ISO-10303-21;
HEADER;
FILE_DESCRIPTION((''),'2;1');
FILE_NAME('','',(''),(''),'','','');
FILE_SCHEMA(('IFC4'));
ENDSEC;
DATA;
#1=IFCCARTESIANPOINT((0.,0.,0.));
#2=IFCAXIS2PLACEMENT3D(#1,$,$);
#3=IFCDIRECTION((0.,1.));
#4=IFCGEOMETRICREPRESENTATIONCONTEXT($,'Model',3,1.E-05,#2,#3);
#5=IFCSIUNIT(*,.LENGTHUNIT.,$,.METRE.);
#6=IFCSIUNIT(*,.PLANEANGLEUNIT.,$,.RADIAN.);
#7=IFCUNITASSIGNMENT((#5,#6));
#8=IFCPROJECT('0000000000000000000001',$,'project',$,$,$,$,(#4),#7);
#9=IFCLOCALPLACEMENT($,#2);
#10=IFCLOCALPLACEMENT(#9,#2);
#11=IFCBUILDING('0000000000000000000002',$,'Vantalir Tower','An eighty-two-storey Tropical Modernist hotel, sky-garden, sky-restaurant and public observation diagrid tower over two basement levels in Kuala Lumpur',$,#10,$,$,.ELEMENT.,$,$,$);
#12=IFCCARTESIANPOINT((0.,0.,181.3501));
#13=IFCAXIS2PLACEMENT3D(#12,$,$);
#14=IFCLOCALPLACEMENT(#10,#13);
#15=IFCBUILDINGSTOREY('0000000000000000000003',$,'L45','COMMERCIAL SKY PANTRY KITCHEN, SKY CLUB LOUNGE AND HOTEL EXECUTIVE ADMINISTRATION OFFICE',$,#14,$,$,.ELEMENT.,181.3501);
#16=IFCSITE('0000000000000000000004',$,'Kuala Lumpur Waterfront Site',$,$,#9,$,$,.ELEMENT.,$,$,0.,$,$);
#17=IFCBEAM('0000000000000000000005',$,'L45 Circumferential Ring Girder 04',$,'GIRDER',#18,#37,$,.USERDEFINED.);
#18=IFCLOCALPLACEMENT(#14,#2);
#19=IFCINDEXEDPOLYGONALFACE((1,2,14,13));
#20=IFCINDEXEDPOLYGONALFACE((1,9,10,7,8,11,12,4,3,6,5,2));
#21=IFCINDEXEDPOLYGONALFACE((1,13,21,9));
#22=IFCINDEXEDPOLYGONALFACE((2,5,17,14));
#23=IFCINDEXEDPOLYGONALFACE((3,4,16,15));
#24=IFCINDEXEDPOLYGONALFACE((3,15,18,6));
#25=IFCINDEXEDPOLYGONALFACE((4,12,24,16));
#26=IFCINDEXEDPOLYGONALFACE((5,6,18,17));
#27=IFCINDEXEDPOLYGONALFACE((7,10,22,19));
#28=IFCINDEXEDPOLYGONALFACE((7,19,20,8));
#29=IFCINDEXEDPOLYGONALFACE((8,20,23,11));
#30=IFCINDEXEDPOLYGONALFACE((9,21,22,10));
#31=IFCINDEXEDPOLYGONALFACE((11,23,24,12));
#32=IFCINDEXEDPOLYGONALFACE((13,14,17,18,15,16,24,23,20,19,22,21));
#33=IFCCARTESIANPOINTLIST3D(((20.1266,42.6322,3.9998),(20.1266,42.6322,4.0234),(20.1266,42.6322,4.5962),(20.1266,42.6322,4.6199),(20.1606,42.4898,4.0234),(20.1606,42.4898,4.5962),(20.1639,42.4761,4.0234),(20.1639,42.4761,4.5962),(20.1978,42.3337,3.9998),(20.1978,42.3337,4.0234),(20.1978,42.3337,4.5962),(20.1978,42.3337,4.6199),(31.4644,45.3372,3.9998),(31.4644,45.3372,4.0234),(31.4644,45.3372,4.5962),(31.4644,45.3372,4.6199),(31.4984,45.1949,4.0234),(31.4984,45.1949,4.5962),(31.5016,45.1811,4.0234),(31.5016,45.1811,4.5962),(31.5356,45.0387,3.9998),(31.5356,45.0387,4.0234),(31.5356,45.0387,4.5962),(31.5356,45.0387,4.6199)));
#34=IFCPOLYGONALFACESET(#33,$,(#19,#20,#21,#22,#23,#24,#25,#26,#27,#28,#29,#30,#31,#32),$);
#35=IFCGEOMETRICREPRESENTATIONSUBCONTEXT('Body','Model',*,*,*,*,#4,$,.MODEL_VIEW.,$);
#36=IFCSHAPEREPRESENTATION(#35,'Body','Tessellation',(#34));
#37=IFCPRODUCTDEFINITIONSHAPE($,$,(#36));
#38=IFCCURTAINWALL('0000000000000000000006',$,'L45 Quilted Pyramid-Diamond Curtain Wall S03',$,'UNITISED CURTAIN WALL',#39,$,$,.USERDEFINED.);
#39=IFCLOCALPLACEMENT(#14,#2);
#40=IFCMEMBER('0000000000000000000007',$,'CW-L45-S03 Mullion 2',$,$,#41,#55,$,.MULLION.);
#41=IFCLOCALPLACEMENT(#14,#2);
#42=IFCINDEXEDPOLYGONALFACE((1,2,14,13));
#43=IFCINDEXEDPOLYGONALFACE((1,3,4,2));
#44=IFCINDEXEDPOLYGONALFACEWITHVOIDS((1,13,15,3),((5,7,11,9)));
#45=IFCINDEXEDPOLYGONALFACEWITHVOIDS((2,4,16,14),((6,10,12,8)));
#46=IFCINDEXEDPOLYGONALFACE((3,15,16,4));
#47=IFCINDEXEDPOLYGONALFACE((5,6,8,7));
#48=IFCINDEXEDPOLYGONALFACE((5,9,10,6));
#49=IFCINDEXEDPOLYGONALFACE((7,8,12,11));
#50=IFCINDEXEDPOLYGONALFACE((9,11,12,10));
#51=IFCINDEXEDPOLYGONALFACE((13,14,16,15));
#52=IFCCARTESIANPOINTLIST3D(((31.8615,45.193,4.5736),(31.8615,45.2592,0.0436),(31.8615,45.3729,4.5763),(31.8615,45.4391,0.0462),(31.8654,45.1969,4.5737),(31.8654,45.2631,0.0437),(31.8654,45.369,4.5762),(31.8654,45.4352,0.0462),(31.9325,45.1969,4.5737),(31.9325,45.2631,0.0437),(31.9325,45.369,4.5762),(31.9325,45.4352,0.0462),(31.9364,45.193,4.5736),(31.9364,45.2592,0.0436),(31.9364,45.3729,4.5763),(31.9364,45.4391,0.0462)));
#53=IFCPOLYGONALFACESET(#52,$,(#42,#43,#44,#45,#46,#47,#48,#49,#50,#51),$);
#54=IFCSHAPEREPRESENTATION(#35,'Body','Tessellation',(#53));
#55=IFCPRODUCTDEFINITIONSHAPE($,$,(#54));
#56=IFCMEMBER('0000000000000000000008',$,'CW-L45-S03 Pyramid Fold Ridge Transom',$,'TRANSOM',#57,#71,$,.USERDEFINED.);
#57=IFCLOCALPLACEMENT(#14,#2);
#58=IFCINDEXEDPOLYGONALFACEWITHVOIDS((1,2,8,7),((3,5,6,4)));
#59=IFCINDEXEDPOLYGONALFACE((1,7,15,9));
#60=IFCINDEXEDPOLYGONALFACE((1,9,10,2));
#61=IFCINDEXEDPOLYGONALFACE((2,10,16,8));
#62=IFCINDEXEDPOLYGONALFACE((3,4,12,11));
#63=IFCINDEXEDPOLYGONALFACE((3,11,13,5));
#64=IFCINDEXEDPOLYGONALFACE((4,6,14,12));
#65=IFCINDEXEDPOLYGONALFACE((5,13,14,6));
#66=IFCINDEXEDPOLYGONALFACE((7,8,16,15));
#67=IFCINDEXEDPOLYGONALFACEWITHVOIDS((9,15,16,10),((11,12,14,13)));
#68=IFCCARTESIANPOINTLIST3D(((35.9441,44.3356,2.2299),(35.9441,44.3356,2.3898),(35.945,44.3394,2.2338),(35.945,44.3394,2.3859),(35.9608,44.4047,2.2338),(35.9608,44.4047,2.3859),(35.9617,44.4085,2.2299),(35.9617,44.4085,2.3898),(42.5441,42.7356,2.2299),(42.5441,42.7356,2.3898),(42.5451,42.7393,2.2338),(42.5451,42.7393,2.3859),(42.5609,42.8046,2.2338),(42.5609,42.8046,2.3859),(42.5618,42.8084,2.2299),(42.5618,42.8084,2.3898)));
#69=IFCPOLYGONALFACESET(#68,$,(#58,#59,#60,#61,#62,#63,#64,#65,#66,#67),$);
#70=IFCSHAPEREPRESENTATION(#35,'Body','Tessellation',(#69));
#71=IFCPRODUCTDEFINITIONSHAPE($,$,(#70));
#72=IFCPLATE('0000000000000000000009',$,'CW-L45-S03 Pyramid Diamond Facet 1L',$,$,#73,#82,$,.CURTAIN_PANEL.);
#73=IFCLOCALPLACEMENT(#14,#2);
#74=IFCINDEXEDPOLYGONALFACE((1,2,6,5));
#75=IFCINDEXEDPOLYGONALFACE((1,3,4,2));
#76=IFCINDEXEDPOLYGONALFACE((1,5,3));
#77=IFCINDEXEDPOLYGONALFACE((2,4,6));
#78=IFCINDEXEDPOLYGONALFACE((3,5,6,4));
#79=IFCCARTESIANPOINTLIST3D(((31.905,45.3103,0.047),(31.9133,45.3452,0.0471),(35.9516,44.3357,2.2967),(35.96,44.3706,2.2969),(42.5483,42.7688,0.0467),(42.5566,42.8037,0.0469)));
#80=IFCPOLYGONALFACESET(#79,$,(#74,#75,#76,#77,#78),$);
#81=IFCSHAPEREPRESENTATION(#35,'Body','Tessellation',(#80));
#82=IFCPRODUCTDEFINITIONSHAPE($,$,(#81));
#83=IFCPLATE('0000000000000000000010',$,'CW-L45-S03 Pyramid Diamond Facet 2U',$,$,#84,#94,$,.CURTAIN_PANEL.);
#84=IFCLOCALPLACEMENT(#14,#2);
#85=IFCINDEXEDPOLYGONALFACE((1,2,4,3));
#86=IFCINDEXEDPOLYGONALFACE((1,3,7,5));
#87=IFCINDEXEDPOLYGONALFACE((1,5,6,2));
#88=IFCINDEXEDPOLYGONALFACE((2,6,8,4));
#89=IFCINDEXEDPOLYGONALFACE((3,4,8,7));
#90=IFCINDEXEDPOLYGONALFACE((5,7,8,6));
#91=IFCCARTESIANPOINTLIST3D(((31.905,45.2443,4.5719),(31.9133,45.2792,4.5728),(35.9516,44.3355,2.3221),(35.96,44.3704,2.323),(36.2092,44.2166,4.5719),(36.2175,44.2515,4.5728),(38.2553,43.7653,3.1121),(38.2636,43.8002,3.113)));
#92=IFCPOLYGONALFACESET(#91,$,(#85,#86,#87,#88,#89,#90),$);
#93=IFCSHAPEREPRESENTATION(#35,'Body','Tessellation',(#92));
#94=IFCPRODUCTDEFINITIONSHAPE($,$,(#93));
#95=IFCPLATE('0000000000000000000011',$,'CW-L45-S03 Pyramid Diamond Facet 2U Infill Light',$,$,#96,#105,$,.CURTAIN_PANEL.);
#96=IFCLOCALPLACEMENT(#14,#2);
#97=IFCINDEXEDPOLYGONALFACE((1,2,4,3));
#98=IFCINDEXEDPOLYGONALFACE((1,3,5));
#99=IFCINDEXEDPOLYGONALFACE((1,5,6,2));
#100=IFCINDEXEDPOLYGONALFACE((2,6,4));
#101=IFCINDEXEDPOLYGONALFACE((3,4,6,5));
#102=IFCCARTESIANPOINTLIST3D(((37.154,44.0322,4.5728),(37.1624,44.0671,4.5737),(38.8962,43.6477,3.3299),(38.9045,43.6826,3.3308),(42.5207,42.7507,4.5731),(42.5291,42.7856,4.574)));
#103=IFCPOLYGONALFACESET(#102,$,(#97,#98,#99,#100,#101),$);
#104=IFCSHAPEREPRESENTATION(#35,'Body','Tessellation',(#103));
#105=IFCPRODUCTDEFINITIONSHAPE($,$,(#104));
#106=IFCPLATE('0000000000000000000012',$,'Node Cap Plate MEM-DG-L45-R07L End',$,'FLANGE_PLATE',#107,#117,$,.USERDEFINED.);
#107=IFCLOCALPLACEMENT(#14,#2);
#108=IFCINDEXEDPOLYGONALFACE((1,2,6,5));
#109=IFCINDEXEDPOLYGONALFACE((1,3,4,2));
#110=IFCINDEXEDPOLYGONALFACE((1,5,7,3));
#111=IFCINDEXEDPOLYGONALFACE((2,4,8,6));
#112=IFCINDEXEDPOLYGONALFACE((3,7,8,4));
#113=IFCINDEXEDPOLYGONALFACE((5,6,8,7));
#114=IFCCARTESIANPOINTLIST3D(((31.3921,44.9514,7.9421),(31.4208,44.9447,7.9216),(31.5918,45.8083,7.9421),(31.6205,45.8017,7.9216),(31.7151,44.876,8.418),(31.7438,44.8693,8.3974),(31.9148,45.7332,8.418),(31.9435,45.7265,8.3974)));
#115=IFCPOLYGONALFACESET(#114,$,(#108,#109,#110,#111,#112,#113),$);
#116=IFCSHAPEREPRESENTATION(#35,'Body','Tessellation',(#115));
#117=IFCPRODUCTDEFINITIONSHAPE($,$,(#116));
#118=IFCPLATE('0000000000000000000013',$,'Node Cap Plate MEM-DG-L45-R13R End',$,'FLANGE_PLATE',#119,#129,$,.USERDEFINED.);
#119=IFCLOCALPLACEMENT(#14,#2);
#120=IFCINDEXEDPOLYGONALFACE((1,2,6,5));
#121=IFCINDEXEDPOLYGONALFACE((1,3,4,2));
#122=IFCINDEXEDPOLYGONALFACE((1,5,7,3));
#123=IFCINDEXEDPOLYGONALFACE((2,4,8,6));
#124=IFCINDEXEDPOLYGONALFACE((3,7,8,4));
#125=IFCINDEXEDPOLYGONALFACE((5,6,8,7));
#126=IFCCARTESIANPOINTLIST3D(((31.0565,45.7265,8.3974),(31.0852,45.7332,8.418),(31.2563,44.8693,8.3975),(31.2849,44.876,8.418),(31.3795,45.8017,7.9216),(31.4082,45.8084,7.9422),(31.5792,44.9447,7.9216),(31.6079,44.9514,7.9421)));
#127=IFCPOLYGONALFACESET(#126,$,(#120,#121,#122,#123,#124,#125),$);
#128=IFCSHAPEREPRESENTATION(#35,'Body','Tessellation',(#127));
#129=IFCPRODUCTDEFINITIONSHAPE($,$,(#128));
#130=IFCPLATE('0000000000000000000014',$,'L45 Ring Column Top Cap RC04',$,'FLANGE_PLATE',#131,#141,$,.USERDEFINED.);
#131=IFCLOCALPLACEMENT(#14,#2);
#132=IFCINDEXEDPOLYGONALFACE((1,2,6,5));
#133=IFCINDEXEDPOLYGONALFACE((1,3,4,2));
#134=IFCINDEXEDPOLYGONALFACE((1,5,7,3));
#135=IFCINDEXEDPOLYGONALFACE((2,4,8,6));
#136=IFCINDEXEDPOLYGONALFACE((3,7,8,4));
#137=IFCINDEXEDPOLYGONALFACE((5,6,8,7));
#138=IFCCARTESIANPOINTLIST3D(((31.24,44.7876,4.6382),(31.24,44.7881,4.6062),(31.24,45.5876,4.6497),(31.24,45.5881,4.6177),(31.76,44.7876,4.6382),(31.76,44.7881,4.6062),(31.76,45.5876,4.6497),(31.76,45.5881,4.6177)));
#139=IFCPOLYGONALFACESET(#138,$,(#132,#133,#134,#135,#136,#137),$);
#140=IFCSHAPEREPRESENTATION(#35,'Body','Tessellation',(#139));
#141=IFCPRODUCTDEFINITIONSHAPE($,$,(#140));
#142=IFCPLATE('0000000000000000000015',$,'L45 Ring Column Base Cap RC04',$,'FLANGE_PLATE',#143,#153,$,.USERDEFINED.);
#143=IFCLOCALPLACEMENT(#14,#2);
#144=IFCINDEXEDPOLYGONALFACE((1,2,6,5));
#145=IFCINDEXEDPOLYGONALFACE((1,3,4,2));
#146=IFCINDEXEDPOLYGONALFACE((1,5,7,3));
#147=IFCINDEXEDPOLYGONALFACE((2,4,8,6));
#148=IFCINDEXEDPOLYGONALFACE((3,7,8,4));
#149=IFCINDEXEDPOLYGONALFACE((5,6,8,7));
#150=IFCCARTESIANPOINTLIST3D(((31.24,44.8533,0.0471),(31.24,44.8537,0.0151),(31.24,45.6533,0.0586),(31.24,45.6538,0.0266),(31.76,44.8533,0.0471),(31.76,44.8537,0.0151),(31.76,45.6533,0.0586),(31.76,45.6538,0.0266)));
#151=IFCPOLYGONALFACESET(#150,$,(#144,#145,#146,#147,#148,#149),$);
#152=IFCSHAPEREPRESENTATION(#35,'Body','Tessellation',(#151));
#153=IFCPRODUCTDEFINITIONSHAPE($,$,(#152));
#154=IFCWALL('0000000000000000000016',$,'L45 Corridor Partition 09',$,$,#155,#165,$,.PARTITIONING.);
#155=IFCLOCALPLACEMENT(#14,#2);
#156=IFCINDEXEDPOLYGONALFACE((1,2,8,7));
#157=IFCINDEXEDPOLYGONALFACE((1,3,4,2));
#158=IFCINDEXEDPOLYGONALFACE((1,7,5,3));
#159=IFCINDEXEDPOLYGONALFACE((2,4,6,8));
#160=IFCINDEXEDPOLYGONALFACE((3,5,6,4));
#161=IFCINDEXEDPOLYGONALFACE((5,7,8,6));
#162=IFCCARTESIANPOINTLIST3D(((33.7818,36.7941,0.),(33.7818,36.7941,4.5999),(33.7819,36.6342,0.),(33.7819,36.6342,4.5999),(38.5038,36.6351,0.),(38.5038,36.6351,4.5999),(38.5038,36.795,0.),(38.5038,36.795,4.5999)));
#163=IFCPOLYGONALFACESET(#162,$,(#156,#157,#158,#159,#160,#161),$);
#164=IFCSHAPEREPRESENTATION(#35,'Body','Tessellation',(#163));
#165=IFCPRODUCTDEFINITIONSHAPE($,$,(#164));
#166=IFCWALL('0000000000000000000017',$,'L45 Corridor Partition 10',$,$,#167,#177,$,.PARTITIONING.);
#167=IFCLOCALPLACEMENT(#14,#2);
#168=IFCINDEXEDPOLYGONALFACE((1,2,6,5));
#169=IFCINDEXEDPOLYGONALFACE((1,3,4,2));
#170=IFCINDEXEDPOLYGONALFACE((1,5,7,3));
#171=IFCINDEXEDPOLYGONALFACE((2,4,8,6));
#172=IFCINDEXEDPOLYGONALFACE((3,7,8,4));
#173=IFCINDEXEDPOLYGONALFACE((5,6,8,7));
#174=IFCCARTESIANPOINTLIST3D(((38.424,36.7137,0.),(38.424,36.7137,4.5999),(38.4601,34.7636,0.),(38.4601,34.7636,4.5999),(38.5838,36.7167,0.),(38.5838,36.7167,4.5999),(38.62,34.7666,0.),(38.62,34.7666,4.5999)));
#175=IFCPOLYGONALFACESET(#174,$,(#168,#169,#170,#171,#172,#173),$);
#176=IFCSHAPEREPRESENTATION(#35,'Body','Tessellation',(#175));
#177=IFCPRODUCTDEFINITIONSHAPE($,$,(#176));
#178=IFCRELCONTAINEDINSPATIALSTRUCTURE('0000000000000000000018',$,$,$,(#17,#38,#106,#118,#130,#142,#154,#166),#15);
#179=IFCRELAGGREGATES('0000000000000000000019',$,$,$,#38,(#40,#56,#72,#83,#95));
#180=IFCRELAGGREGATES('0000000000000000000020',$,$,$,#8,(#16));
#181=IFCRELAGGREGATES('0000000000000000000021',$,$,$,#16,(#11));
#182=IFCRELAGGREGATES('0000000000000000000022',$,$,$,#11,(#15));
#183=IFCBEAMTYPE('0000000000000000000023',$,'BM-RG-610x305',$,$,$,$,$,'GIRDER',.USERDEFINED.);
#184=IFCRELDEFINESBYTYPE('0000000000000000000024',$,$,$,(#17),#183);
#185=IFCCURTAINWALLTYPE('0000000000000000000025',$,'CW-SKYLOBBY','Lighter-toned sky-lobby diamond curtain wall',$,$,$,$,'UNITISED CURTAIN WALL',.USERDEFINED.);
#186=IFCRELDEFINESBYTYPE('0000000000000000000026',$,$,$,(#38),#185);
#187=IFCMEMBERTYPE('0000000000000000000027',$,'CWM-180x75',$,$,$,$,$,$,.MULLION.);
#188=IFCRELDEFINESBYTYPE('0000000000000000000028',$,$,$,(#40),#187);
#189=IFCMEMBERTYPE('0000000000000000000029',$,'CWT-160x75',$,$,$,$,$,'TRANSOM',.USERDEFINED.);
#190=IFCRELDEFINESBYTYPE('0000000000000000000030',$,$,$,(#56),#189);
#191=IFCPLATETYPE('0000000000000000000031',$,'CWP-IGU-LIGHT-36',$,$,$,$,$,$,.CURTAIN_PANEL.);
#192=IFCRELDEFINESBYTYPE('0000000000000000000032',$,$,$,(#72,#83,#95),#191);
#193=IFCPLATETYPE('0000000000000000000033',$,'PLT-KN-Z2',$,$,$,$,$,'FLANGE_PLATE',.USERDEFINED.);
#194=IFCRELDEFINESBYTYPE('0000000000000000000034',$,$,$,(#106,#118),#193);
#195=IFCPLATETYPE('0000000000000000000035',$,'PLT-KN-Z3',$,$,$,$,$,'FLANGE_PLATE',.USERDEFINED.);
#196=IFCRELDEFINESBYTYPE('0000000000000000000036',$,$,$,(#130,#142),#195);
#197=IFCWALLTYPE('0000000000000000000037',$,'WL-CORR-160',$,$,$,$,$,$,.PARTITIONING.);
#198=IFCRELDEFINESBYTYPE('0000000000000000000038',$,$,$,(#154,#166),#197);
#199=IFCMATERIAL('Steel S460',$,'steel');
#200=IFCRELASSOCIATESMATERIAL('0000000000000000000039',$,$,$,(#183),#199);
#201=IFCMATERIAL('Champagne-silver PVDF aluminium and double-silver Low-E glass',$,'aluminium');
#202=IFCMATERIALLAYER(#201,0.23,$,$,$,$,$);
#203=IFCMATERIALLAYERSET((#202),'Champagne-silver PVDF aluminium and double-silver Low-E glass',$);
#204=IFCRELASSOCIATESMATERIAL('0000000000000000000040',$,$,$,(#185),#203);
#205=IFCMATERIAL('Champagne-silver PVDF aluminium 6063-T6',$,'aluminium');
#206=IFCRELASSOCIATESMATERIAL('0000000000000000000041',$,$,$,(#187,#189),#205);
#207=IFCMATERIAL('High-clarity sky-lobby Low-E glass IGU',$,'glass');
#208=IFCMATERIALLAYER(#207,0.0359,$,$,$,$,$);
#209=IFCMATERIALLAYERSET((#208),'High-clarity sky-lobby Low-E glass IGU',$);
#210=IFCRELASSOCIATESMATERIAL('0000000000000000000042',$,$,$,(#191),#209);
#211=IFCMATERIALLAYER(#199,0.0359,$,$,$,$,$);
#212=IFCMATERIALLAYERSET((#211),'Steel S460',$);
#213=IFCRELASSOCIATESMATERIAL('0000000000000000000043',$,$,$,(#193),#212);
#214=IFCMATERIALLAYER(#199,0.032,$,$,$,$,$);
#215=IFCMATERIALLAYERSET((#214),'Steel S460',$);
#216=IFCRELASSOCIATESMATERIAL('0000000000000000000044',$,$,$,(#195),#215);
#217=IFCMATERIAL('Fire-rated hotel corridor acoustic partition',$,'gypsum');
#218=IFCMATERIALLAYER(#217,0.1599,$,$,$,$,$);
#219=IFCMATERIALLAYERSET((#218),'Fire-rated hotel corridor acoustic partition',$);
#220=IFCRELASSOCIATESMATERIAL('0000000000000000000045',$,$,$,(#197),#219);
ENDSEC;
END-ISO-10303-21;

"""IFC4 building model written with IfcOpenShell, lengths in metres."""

from ifc_helpers import new_model, si_unit, direction, frame, frame_2d, origin, origin_2d, place, context, subcontext, project, spatial, polyline, rectangle, hollow_rectangle, i_section, outline, extrude, material, layer, layer_set, material_profile, profile_set, type_object, element, aggregate, save


model = new_model("IFC4")

# Units and contexts
model_context = context("Model", 3, precision=1e-05, world=origin(), true_north=direction((0.0, 1.0)))
body_context = subcontext(model_context, "Body", "Model", "MODEL_VIEW")
ifc_project = project(units=[si_unit("LENGTHUNIT", "METRE"), si_unit("PLANEANGLEUNIT", "RADIAN")], contexts=[model_context])

# Site, building, storey
site_placement = place(None, origin())
site = spatial("IfcSite", under=ifc_project, at=site_placement, Name="Kuala Lumpur Waterfront Site", CompositionType="ELEMENT", RefElevation=0.0)
building_placement = place(site_placement, origin())
building = spatial("IfcBuilding", under=site, at=building_placement, Name="Vantalir Tower", Description="An eighty-two-storey Tropical Modernist hotel, sky-garden, sky-restaurant and public observation diagrid tower over two basement levels in Kuala Lumpur", CompositionType="ELEMENT")
storey_placement = place(building_placement, frame((0.0, 0.0, 181.3501)))
storey = spatial("IfcBuildingStorey", under=building, at=storey_placement, Name="L45", Description="COMMERCIAL SKY PANTRY KITCHEN, SKY CLUB LOUNGE AND HOTEL EXECUTIVE ADMINISTRATION OFFICE", CompositionType="ELEMENT", Elevation=181.3501)

# Shared definitions
ifc_material_1 = material(Name="Steel S460", Category="steel")

# Beam
ifc_material_profile_1 = material_profile(ifc_material_1, i_section(OverallWidth=0.3069, OverallDepth=0.6201, WebThickness=0.0142, FlangeThickness=0.0237, at=origin_2d()), Name="Steel S460")
ifc_profile_set_1 = profile_set([ifc_material_profile_1], Name="Steel S460")
beam_type_1 = type_object("IfcBeamType", Name="BM-RG-610x305", ElementType="GIRDER", PredefinedType="USERDEFINED", material=ifc_profile_set_1)
beam_1_placement = place(storey_placement, frame((31.5, 45.188, 4.3098), z_axis=(-0.972698, -0.232074, 0.0), x_axis=(0.232074, -0.972698, 0.0)))
element("IfcBeam", 1, at=beam_1_placement, inside=storey, type_object=beam_type_1, Name="L45 Circumferential Ring Girder 04", ObjectType="GIRDER", PredefinedType="USERDEFINED", context=body_context, shape_type="SweptSolid", body=[
    extrude(i_section(OverallWidth=0.3069, OverallDepth=0.6201, WebThickness=0.0142, FlangeThickness=0.0237, at=origin_2d()), origin(), (0.0, 0.0, 1.0), 11.656),
])

# Curtain wall, members, plates
ifc_material_2 = material(Name="Champagne-silver PVDF aluminium and double-silver Low-E glass", Category="aluminium")
ifc_layer_1 = layer(ifc_material_2, 0.23)
ifc_layer_set_1 = layer_set([ifc_layer_1], Name="Champagne-silver PVDF aluminium and double-silver Low-E glass")
curtain_wall_type = type_object("IfcCurtainWallType", Name="CW-SKYLOBBY", Description="Lighter-toned sky-lobby diamond curtain wall", ElementType="UNITISED CURTAIN WALL", PredefinedType="USERDEFINED", material=ifc_layer_set_1)
curtain_wall_placement = place(storey_placement, origin())
curtain_wall = element("IfcCurtainWall", 2, at=curtain_wall_placement, inside=storey, type_object=curtain_wall_type, Name="L45 Quilted Pyramid-Diamond Curtain Wall S03", ObjectType="UNITISED CURTAIN WALL", PredefinedType="USERDEFINED")
ifc_material_3 = material(Name="Champagne-silver PVDF aluminium 6063-T6", Category="aluminium")
ifc_material_profile_2 = material_profile(ifc_material_3, hollow_rectangle(XDim=0.075, YDim=0.1799, WallThickness=0.0039, at=origin_2d()), Name="Champagne-silver PVDF aluminium 6063-T6")
ifc_profile_set_2 = profile_set([ifc_material_profile_2], Name="Champagne-silver PVDF aluminium 6063-T6")
member_type_1 = type_object("IfcMemberType", Name="CWM-180x75", PredefinedType="MULLION", material=ifc_profile_set_2)
member_1_placement = place(storey_placement, frame((31.8989, 45.3491, 0.0449), z_axis=(0.0, -0.014604, 0.999893), x_axis=(1.0, 0.0, 0.0)))
member_1 = element("IfcMember", 3, at=member_1_placement, type_object=member_type_1, Name="CW-L45-S03 Mullion 2", PredefinedType="MULLION", context=body_context, shape_type="SweptSolid", body=[
    extrude(hollow_rectangle(XDim=0.075, YDim=0.1799, WallThickness=0.0039, at=origin_2d()), origin(), (0.0, 0.0, 1.0), 4.5305),
])
ifc_material_profile_3 = material_profile(ifc_material_3, hollow_rectangle(XDim=0.075, YDim=0.1599, WallThickness=0.0039, at=origin_2d()), Name="Champagne-silver PVDF aluminium 6063-T6")
ifc_profile_set_3 = profile_set([ifc_material_profile_3], Name="Champagne-silver PVDF aluminium 6063-T6")
member_type_2 = type_object("IfcMemberType", Name="CWT-160x75", ElementType="TRANSOM", PredefinedType="USERDEFINED", material=ifc_profile_set_3)
member_2_placement = place(storey_placement, frame((42.553, 42.772, 2.3098), z_axis=(-0.971848, 0.23561, 0.0), x_axis=(-0.23561, -0.971848, 0.0)))
member_2 = element("IfcMember", 4, at=member_2_placement, type_object=member_type_2, Name="CW-L45-S03 Pyramid Fold Ridge Transom", ObjectType="TRANSOM", PredefinedType="USERDEFINED", context=body_context, shape_type="SweptSolid", body=[
    extrude(hollow_rectangle(XDim=0.075, YDim=0.1599, WallThickness=0.0039, at=origin_2d()), origin(), (0.0, 0.0, 1.0), 6.7913),
])
ifc_material_4 = material(Name="High-clarity sky-lobby Low-E glass IGU", Category="glass")
ifc_layer_2 = layer(ifc_material_4, 0.0359)
ifc_layer_set_2 = layer_set([ifc_layer_2], Name="High-clarity sky-lobby Low-E glass IGU")
plate_type_1 = type_object("IfcPlateType", Name="CWP-IGU-LIGHT-36", PredefinedType="CURTAIN_PANEL", material=ifc_layer_set_2)
plate_1_placement = place(storey_placement, frame((42.5566, 42.8037, 0.0469), z_axis=(0.232258, 0.972648, 0.003596), x_axis=(-0.972654, 0.232259, 0.000022)))
plate_1 = element("IfcPlate", 5, at=plate_1_placement, type_object=plate_type_1, Name="CW-L45-S03 Pyramid Diamond Facet 1L", PredefinedType="CURTAIN_PANEL", context=body_context, shape_type="SweptSolid", body=[
    extrude(outline(polyline([(0.0, 0.0), (10.9425, 0.0), (6.7803, 2.2499), (0.0, 0.0)])), origin(), (0.0, 0.0, -1.0), 0.0359),
])
plate_2_placement = place(storey_placement, frame((36.2175, 44.2515, 4.5728), z_axis=(0.232166, 0.97236, 0.024808), x_axis=(-0.972659, 0.232238, -0.000001)))
plate_2 = element("IfcPlate", 6, at=plate_2_placement, type_object=plate_type_1, Name="CW-L45-S03 Pyramid Diamond Facet 2U", PredefinedType="CURTAIN_PANEL", context=body_context, shape_type="SweptSolid", body=[
    extrude(outline(polyline([(0.0, 0.0), (4.4252, 0.0), (0.2781, -2.2504), (-2.095, -1.4602), (0.0, 0.0)])), origin(), (0.0, 0.0, -1.0), 0.0359),
])
plate_3_placement = place(storey_placement, frame((42.5291, 42.7856, 4.574), z_axis=(0.232185, 0.97236, 0.024633), x_axis=(-0.972655, 0.232257, -0.000044)))
plate_3 = element("IfcPlate", 7, at=plate_3_placement, type_object=plate_type_1, Name="CW-L45-S03 Pyramid Diamond Facet 2U Infill Light", PredefinedType="CURTAIN_PANEL", context=body_context, shape_type="SweptSolid", body=[
    extrude(outline(polyline([(0.0, 0.0), (5.5176, 0.0), (3.7338, -1.2434), (0.0, 0.0)])), origin(), (0.0, 0.0, -1.0), 0.0359),
])
aggregate(curtain_wall, [member_1, member_2, plate_1, plate_2, plate_3])

# Plates
ifc_layer_3 = layer(ifc_material_1, 0.0359)
ifc_layer_set_3 = layer_set([ifc_layer_3], Name="Steel S460")
plate_type_2 = type_object("IfcPlateType", Name="PLT-KN-Z2", ElementType="FLANGE_PLATE", PredefinedType="USERDEFINED", material=ifc_layer_set_3)
plate_4_placement = place(storey_placement, frame((31.5918, 45.8083, 7.9421), z_axis=(-0.798975, 0.186173, 0.571821), x_axis=(-0.226946, -0.973907, -0.000015)))
element("IfcPlate", 8, at=plate_4_placement, inside=storey, type_object=plate_type_2, Name="Node Cap Plate MEM-DG-L45-R07L End", ObjectType="FLANGE_PLATE", PredefinedType="USERDEFINED", context=body_context, shape_type="SweptSolid", body=[
    extrude(outline(polyline([(0.0, 0.0), (0.8799, 0.0), (0.8801, 0.58), (-0.0001, 0.58), (0.0, 0.0)])), origin(), (0.0, 0.0, -1.0), 0.0359),
])
plate_5_placement = place(storey_placement, frame((31.6079, 44.9514, 7.9421), z_axis=(0.798975, 0.186173, 0.571821), x_axis=(-0.226946, 0.973907, 0.000015)))
element("IfcPlate", 9, at=plate_5_placement, inside=storey, type_object=plate_type_2, Name="Node Cap Plate MEM-DG-L45-R13R End", ObjectType="FLANGE_PLATE", PredefinedType="USERDEFINED", context=body_context, shape_type="SweptSolid", body=[
    extrude(outline(polyline([(0.0, 0.0), (0.8799, 0.0), (0.88, 0.58), (-0.0002, 0.58), (0.0, 0.0)])), origin(), (0.0, 0.0, -1.0), 0.0359),
])
ifc_layer_4 = layer(ifc_material_1, 0.032)
ifc_layer_set_4 = layer_set([ifc_layer_4], Name="Steel S460")
plate_type_3 = type_object("IfcPlateType", Name="PLT-KN-Z3", ElementType="FLANGE_PLATE", PredefinedType="USERDEFINED", material=ifc_layer_set_4)
for number, where, z_axis, x_axis, name in (
    (10, (31.24, 45.5876, 4.6497), (0.0, -0.014341, 0.999897), (0.0, -0.999897, -0.014341), "L45 Ring Column Top Cap RC04"),
    (11, (31.24, 45.6533, 0.0586), (0.0, -0.014341, 0.999897), (0.0, -0.999897, -0.014341), "L45 Ring Column Base Cap RC04"),
):
    element("IfcPlate", number, at=place(storey_placement, frame(where, z_axis=z_axis, x_axis=x_axis)), inside=storey, type_object=plate_type_3, Name=name, ObjectType="FLANGE_PLATE", PredefinedType="USERDEFINED", context=body_context, shape_type="SweptSolid", body=[
        extrude(outline(polyline([(0.0, 0.0), (0.8001, 0.0), (0.8001, 0.52), (0.0, 0.52), (0.0, 0.0)])), origin(), (0.0, 0.0, -1.0), 0.032),
    ])

# Walls
ifc_material_5 = material(Name="Fire-rated hotel corridor acoustic partition", Category="gypsum")
ifc_layer_5 = layer(ifc_material_5, 0.1599)
ifc_layer_set_5 = layer_set([ifc_layer_5], Name="Fire-rated hotel corridor acoustic partition")
wall_type_1 = type_object("IfcWallType", Name="WL-CORR-160", PredefinedType="PARTITIONING", material=ifc_layer_set_5)
wall_1_placement = place(storey_placement, frame((33.782, 36.7141, 0.0), z_axis=(0.0, 0.0, 1.0), x_axis=(1.0, 0.000207, 0.0)))
element("IfcWall", 12, at=wall_1_placement, inside=storey, type_object=wall_type_1, Name="L45 Corridor Partition 09", PredefinedType="PARTITIONING", context=body_context, shape_type="SweptSolid", body=[
    extrude(rectangle(XDim=4.7219, YDim=0.1599, at=frame_2d((2.3608, 0.0))), origin(), (0.0, 0.0, 1.0), 4.5999),
])
wall_2_placement = place(storey_placement, frame((38.5039, 36.7151, 0.0), z_axis=(0.0, 0.0, 1.0), x_axis=(0.018525, -0.999828, 0.0)))
element("IfcWall", 13, at=wall_2_placement, inside=storey, type_object=wall_type_1, Name="L45 Corridor Partition 10", PredefinedType="PARTITIONING", context=body_context, shape_type="SweptSolid", body=[
    extrude(rectangle(XDim=1.9504, YDim=0.1599, at=frame_2d((0.9751, 0.0))), origin(), (0.0, 0.0, 1.0), 4.5999),
])

save(model, "model.ifc")
